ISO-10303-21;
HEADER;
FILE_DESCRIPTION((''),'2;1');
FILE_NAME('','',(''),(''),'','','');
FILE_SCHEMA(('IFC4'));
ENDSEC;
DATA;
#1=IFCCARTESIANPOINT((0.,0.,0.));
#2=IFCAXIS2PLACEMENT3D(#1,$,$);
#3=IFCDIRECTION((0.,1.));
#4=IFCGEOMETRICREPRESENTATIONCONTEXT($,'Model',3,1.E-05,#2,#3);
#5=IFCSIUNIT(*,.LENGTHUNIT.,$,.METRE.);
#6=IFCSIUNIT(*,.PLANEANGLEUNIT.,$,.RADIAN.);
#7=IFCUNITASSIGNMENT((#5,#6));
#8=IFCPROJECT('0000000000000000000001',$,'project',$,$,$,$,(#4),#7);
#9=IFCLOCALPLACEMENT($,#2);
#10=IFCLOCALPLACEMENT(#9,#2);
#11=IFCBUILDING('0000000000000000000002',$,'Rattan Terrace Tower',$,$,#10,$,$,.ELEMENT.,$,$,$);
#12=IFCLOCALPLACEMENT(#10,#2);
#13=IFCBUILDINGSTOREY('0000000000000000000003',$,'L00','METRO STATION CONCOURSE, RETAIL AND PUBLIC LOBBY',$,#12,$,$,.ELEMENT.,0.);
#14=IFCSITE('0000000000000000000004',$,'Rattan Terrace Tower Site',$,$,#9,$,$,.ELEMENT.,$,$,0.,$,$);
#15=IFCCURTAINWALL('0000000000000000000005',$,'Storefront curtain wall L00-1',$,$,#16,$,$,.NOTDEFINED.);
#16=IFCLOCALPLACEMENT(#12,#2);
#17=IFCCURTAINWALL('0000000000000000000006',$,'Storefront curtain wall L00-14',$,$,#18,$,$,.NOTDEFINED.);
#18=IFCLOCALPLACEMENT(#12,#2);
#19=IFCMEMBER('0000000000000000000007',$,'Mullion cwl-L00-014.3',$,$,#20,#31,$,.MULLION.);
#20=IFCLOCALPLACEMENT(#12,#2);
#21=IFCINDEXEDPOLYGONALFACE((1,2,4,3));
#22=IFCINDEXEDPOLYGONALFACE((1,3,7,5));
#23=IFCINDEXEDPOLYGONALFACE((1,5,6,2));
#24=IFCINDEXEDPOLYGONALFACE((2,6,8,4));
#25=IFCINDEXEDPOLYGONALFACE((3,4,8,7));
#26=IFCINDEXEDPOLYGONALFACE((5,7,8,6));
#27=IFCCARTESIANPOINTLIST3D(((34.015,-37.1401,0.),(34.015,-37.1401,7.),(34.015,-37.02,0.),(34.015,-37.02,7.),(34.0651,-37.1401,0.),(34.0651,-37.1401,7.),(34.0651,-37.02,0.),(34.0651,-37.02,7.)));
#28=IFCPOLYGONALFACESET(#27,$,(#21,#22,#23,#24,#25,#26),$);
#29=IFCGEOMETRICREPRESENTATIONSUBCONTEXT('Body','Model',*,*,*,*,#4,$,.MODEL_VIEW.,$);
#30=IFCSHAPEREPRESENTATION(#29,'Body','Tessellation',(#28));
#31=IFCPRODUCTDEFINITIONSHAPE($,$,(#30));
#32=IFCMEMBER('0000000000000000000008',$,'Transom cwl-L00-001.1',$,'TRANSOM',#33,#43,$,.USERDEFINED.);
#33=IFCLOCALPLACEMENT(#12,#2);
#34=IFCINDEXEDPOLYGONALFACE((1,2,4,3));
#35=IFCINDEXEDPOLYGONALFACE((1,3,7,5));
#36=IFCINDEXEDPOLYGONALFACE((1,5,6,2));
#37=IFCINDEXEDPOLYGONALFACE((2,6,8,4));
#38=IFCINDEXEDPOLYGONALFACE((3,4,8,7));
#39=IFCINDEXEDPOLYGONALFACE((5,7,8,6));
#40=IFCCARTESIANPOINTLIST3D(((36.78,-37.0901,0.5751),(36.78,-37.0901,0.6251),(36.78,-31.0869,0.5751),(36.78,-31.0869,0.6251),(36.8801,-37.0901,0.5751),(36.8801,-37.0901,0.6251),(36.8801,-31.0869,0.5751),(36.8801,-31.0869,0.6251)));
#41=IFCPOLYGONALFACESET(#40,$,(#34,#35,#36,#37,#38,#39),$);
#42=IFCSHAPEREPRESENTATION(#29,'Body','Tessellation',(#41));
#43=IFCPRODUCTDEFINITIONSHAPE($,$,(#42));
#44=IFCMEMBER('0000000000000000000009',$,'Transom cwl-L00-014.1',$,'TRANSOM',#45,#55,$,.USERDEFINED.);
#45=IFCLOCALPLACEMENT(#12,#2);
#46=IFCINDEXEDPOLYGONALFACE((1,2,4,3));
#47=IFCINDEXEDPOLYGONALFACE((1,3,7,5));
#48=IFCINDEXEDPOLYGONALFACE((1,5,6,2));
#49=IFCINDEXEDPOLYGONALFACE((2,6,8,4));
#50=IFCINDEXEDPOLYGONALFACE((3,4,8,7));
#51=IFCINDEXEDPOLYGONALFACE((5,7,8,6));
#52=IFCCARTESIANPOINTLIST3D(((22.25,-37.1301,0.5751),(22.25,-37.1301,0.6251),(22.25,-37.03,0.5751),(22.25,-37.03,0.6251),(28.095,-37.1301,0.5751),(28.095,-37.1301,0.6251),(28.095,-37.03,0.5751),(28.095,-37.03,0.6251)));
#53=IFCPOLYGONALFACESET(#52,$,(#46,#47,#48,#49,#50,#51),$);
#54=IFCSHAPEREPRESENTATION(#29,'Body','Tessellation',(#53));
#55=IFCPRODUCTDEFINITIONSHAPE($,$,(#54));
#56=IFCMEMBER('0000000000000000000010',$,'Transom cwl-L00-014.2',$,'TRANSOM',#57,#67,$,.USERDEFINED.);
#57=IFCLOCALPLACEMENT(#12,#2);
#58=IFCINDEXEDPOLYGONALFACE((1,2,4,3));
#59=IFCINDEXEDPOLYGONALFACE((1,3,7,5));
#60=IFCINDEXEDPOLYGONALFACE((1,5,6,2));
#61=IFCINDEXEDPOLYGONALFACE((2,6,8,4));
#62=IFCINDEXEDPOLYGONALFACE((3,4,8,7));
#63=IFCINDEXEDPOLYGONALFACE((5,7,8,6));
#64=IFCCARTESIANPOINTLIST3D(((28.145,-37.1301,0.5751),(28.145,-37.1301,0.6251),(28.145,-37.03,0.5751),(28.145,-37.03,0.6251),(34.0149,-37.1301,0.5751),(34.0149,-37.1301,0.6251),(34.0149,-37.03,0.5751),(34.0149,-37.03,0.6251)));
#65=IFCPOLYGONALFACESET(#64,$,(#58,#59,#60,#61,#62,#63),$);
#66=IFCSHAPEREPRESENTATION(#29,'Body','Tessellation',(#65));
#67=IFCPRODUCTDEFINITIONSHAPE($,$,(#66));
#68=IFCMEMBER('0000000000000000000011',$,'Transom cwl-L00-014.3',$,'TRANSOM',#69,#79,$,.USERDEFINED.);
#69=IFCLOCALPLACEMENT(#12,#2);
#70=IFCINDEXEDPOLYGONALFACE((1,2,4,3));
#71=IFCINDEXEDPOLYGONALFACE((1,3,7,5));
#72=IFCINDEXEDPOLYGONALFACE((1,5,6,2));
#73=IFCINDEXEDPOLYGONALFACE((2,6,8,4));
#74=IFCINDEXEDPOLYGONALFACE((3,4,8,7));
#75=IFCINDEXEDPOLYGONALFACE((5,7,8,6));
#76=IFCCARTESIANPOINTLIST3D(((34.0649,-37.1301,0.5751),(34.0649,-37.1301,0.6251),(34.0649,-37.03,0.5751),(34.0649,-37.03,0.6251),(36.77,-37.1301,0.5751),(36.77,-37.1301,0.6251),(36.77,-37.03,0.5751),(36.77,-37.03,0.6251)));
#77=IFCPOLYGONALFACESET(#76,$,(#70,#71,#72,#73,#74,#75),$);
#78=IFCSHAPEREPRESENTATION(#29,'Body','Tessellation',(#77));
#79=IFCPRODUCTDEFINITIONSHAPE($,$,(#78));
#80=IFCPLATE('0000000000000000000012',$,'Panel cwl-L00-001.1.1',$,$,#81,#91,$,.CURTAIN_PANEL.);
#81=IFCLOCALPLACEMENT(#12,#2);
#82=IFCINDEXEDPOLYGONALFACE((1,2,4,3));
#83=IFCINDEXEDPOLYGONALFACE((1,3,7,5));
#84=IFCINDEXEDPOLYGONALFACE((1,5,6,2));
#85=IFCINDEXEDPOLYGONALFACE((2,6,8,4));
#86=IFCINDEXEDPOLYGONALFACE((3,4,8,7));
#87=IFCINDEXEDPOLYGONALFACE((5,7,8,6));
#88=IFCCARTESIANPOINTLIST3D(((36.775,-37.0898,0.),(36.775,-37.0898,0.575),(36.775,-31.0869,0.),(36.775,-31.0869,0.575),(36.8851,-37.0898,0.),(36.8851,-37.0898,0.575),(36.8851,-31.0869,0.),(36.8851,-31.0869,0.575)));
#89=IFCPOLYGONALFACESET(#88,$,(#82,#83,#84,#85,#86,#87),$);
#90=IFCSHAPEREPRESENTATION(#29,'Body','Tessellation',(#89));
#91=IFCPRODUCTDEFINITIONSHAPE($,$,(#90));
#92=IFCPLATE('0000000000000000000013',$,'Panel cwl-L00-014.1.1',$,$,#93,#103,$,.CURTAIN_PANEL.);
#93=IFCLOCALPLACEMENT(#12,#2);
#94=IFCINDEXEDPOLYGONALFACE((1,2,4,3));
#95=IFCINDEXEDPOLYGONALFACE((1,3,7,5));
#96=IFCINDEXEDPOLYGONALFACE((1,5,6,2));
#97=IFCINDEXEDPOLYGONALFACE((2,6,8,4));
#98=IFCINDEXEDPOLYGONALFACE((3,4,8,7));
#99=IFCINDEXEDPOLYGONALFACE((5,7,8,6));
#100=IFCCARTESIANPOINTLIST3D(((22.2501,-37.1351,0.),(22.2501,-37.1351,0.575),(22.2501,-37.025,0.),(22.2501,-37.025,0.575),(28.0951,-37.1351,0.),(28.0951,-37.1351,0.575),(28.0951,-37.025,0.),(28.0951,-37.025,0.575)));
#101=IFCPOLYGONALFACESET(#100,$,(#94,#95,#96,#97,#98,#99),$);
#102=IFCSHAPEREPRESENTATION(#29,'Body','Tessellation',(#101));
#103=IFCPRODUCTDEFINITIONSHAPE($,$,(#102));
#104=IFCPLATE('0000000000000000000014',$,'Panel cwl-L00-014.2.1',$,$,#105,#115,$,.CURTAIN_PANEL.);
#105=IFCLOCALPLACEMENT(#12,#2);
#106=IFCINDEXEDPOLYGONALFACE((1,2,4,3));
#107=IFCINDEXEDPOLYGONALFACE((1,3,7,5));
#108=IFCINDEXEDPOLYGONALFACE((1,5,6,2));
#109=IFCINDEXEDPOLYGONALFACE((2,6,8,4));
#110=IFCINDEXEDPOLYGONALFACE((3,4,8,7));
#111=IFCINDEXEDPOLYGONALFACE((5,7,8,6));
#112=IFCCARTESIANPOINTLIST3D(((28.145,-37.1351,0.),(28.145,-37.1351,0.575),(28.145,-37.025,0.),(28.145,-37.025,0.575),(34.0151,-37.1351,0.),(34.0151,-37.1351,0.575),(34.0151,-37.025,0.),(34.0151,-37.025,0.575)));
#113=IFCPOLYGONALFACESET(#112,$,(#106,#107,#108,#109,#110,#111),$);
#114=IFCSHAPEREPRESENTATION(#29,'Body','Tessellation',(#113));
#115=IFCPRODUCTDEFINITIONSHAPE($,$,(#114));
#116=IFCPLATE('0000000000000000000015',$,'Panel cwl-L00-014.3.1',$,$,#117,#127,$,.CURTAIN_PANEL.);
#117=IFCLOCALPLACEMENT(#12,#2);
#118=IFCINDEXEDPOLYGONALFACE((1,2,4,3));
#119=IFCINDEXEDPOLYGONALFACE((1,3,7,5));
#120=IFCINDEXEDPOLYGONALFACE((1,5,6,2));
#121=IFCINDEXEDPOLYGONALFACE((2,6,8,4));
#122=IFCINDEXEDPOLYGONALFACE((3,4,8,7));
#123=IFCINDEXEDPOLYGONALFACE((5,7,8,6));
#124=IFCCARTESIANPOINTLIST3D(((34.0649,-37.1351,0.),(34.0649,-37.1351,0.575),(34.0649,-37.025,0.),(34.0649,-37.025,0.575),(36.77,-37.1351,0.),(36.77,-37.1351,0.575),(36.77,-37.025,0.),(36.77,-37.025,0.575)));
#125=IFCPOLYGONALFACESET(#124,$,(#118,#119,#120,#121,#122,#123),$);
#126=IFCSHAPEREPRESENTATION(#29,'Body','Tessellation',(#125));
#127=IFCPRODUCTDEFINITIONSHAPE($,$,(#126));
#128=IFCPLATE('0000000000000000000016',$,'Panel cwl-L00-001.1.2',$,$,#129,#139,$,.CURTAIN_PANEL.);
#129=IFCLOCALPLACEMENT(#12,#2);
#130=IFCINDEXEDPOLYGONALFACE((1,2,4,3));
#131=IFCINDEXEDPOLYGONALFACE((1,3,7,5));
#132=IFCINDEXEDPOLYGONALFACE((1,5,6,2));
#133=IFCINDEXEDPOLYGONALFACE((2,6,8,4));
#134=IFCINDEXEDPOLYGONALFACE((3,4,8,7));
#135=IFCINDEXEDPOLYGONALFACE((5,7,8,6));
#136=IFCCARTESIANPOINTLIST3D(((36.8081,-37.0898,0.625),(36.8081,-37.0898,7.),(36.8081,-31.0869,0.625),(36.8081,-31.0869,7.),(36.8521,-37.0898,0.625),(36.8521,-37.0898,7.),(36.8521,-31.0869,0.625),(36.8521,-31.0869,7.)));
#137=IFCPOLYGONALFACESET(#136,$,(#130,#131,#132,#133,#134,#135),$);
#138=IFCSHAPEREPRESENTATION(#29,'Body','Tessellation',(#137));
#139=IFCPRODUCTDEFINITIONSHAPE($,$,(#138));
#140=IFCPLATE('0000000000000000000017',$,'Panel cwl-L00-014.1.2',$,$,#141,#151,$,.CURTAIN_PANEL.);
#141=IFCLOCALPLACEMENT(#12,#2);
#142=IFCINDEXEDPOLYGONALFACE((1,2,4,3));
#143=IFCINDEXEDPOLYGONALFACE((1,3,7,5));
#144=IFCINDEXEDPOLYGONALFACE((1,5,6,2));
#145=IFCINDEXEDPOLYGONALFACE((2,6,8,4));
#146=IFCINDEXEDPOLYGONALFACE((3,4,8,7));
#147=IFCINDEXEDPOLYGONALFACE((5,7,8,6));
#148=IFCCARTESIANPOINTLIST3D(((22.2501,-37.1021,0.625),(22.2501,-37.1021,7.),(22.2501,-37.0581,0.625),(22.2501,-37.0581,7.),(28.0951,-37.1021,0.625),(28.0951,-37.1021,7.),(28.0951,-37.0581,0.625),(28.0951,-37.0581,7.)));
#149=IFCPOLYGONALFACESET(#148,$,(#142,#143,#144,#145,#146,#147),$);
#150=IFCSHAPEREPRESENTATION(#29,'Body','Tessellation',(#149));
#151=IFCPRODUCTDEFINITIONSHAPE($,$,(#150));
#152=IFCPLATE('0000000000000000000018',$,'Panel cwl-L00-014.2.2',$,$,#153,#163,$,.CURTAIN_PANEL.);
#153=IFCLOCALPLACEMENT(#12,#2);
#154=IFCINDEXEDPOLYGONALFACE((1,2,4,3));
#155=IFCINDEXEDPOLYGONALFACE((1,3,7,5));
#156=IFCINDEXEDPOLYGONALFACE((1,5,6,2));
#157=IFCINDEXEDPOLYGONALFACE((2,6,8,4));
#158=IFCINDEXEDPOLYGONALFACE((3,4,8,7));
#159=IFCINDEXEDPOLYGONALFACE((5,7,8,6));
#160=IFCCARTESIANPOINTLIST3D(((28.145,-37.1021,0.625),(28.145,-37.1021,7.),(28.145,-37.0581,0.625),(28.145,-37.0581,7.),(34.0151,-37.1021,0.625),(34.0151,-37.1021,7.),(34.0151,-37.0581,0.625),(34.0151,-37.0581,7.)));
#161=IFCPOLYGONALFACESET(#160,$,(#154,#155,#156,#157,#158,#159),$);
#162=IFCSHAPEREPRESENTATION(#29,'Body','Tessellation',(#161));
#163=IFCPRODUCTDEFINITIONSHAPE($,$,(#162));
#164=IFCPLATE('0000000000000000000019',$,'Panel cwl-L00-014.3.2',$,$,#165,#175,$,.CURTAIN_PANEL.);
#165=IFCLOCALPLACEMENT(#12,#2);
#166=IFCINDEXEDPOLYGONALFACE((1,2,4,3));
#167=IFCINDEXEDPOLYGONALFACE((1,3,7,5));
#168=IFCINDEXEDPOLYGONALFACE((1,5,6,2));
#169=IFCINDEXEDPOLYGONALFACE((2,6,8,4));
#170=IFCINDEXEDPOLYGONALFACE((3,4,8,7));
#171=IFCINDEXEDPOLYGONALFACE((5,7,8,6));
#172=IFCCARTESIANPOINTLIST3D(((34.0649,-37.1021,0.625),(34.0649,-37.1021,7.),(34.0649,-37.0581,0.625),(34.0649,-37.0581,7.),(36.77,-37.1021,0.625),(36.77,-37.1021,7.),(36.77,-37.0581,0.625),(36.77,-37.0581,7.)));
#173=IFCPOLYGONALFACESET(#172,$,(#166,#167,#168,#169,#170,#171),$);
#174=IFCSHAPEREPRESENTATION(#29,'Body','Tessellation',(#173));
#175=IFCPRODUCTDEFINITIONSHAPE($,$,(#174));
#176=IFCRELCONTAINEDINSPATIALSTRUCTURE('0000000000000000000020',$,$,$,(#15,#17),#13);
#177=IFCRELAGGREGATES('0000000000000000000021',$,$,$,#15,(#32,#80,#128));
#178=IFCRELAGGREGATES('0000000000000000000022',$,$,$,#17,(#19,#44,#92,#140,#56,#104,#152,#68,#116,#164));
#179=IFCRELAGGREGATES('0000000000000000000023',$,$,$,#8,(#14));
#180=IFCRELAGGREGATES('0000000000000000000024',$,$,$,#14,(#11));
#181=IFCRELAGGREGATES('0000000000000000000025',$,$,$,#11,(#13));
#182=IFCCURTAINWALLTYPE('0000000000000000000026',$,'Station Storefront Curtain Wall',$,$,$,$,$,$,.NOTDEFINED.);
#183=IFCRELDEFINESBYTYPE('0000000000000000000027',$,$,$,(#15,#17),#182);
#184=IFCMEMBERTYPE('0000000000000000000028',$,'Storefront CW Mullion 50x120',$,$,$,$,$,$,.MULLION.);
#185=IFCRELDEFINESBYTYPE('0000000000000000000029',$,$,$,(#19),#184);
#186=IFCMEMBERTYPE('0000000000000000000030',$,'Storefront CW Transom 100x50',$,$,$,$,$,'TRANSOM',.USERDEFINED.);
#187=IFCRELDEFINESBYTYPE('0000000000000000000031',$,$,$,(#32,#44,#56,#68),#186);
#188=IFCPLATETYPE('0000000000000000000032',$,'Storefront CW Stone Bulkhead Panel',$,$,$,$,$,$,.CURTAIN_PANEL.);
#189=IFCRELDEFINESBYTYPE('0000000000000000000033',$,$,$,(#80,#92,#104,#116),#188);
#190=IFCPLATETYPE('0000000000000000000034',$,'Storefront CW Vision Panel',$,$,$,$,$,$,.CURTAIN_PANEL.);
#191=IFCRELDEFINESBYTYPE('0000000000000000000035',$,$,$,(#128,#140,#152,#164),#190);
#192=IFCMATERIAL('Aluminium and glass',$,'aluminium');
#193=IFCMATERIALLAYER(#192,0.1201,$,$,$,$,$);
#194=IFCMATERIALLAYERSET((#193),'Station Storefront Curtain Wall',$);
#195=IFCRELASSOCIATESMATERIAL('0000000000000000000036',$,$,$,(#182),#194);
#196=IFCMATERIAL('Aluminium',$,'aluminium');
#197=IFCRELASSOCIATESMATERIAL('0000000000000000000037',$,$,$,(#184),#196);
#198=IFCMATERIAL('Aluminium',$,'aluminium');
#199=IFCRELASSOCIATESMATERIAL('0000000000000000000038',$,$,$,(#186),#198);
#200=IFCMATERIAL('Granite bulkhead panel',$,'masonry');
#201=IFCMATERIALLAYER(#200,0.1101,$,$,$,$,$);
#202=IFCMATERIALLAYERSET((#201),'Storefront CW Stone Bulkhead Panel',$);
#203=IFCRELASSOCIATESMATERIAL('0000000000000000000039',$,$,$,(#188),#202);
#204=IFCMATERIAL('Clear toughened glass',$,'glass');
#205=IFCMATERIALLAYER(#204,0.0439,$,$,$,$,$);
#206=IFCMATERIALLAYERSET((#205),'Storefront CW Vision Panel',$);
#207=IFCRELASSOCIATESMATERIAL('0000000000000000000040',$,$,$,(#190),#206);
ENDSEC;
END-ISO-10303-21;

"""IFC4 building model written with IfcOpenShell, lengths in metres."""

from ifc_helpers import new_model, si_unit, direction, frame, origin, origin_2d, place, context, subcontext, project, spatial, rectangle, extrude, material, layer, layer_set, material_profile, profile_set, type_object, element, aggregate, save


model = new_model("IFC4")

# Units and contexts
model_context = context("Model", 3, precision=1e-05, world=origin(), true_north=direction((0.0, 1.0)))
body_context = subcontext(model_context, "Body", "Model", "MODEL_VIEW")
ifc_project = project(units=[si_unit("LENGTHUNIT", "METRE"), si_unit("PLANEANGLEUNIT", "RADIAN")], contexts=[model_context])

# Site, building, storey
site_placement = place(None, origin())
site = spatial("IfcSite", under=ifc_project, at=site_placement, Name="Rattan Terrace Tower Site", CompositionType="ELEMENT", RefElevation=0.0)
building_placement = place(site_placement, origin())
building = spatial("IfcBuilding", under=site, at=building_placement, Name="Rattan Terrace Tower", CompositionType="ELEMENT")
storey_placement = place(building_placement, origin())
storey = spatial("IfcBuildingStorey", under=building, at=storey_placement, Name="L00", Description="METRO STATION CONCOURSE, RETAIL AND PUBLIC LOBBY", CompositionType="ELEMENT", Elevation=0.0)

# Curtain wall
ifc_material_1 = material(Name="Aluminium and glass", Category="aluminium")
ifc_layer_1 = layer(ifc_material_1, 0.1201)
ifc_layer_set_1 = layer_set([ifc_layer_1], Name="Station Storefront Curtain Wall")
curtain_wall_type = type_object("IfcCurtainWallType", Name="Station Storefront Curtain Wall", PredefinedType="NOTDEFINED", material=ifc_layer_set_1)
curtain_wall_1_placement = place(storey_placement, origin())
curtain_wall_1 = element("IfcCurtainWall", 1, at=curtain_wall_1_placement, inside=storey, type_object=curtain_wall_type, Name="Storefront curtain wall L00-1", PredefinedType="NOTDEFINED")
ifc_material_2 = material(Name="Aluminium", Category="aluminium")
ifc_material_profile_1 = material_profile(ifc_material_2, rectangle(XDim=0.05, YDim=0.1201, at=origin_2d()), Name="Aluminium 50x120")
ifc_profile_set_1 = profile_set([ifc_material_profile_1], Name="Aluminium")
member_type_1 = type_object("IfcMemberType", Name="Storefront CW Mullion 50x120", PredefinedType="MULLION", material=ifc_profile_set_1)

# Curtain wall, member
curtain_wall_2_placement = place(storey_placement, origin())
curtain_wall_2 = element("IfcCurtainWall", 2, at=curtain_wall_2_placement, inside=storey, type_object=curtain_wall_type, Name="Storefront curtain wall L00-14", PredefinedType="NOTDEFINED")
member_1_placement = place(storey_placement, frame((34.04, -37.0801, 0.0), z_axis=(0.0, 0.0, 1.0), x_axis=(1.0, 0.0, 0.0)))
member_1 = element("IfcMember", 3, at=member_1_placement, type_object=member_type_1, Name="Mullion cwl-L00-014.3", PredefinedType="MULLION", context=body_context, shape_type="SweptSolid", body=[
    extrude(rectangle(XDim=0.05, YDim=0.1201, at=origin_2d()), origin(), (0.0, 0.0, 1.0), 7.0),
])

# Members
ifc_material_3 = material(Name="Aluminium", Category="aluminium")
ifc_material_profile_2 = material_profile(ifc_material_3, rectangle(XDim=0.1001, YDim=0.05, at=origin_2d()), Name="Aluminium 100x50")
ifc_profile_set_2 = profile_set([ifc_material_profile_2], Name="Aluminium")
member_type_2 = type_object("IfcMemberType", Name="Storefront CW Transom 100x50", ElementType="TRANSOM", PredefinedType="USERDEFINED", material=ifc_profile_set_2)
member_2_placement = place(storey_placement, frame((36.8301, -37.0901, 0.6001), z_axis=(0.0, 1.0, 0.0), x_axis=(-1.0, 0.0, 0.0)))
member_2 = element("IfcMember", 4, at=member_2_placement, type_object=member_type_2, Name="Transom cwl-L00-001.1", ObjectType="TRANSOM", PredefinedType="USERDEFINED", context=body_context, shape_type="SweptSolid", body=[
    extrude(rectangle(XDim=0.1001, YDim=0.05, at=origin_2d()), origin(), (0.0, 0.0, 1.0), 6.0032),
])
member_3_placement = place(storey_placement, frame((22.25, -37.0801, 0.6001), z_axis=(1.0, 0.0, 0.0), x_axis=(0.0, 1.0, 0.0)))
member_3 = element("IfcMember", 5, at=member_3_placement, type_object=member_type_2, Name="Transom cwl-L00-014.1", ObjectType="TRANSOM", PredefinedType="USERDEFINED", context=body_context, shape_type="SweptSolid", body=[
    extrude(rectangle(XDim=0.1001, YDim=0.05, at=origin_2d()), origin(), (0.0, 0.0, 1.0), 5.845),
])
member_4_placement = place(storey_placement, frame((28.145, -37.0801, 0.6001), z_axis=(1.0, 0.0, 0.0), x_axis=(0.0, 1.0, 0.0)))
member_4 = element("IfcMember", 6, at=member_4_placement, type_object=member_type_2, Name="Transom cwl-L00-014.2", ObjectType="TRANSOM", PredefinedType="USERDEFINED", context=body_context, shape_type="SweptSolid", body=[
    extrude(rectangle(XDim=0.1001, YDim=0.05, at=origin_2d()), origin(), (0.0, 0.0, 1.0), 5.8699),
])
member_5_placement = place(storey_placement, frame((34.0649, -37.0801, 0.6001), z_axis=(1.0, 0.0, 0.0), x_axis=(0.0, 1.0, 0.0)))
member_5 = element("IfcMember", 7, at=member_5_placement, type_object=member_type_2, Name="Transom cwl-L00-014.3", ObjectType="TRANSOM", PredefinedType="USERDEFINED", context=body_context, shape_type="SweptSolid", body=[
    extrude(rectangle(XDim=0.1001, YDim=0.05, at=origin_2d()), origin(), (0.0, 0.0, 1.0), 2.7051),
])

# Plates
ifc_material_4 = material(Name="Granite bulkhead panel", Category="masonry")
ifc_layer_2 = layer(ifc_material_4, 0.1101)
ifc_layer_set_2 = layer_set([ifc_layer_2], Name="Storefront CW Stone Bulkhead Panel")
plate_type_1 = type_object("IfcPlateType", Name="Storefront CW Stone Bulkhead Panel", PredefinedType="CURTAIN_PANEL", material=ifc_layer_set_2)
plate_1_placement = place(storey_placement, frame((36.8301, -34.0884, 0.0), z_axis=(0.0, 0.0, 1.0), x_axis=(0.0, 1.0, 0.0)))
plate_1 = element("IfcPlate", 8, at=plate_1_placement, type_object=plate_type_1, Name="Panel cwl-L00-001.1.1", PredefinedType="CURTAIN_PANEL", context=body_context, shape_type="SweptSolid", body=[
    extrude(rectangle(XDim=6.0029, YDim=0.1101, at=origin_2d()), origin(), (0.0, 0.0, 1.0), 0.575),
])
plate_2_placement = place(storey_placement, frame((25.1726, -37.0801, 0.0), z_axis=(0.0, 0.0, 1.0), x_axis=(1.0, 0.0, 0.0)))
plate_2 = element("IfcPlate", 9, at=plate_2_placement, type_object=plate_type_1, Name="Panel cwl-L00-014.1.1", PredefinedType="CURTAIN_PANEL", context=body_context, shape_type="SweptSolid", body=[
    extrude(rectangle(XDim=5.845, YDim=0.1101, at=origin_2d()), origin(), (0.0, 0.0, 1.0), 0.575),
])
plate_3_placement = place(storey_placement, frame((31.0801, -37.0801, 0.0), z_axis=(0.0, 0.0, 1.0), x_axis=(1.0, 0.0, 0.0)))
plate_3 = element("IfcPlate", 10, at=plate_3_placement, type_object=plate_type_1, Name="Panel cwl-L00-014.2.1", PredefinedType="CURTAIN_PANEL", context=body_context, shape_type="SweptSolid", body=[
    extrude(rectangle(XDim=5.8701, YDim=0.1101, at=origin_2d()), origin(), (0.0, 0.0, 1.0), 0.575),
])
plate_4_placement = place(storey_placement, frame((35.4175, -37.0801, 0.0), z_axis=(0.0, 0.0, 1.0), x_axis=(1.0, 0.0, 0.0)))
plate_4 = element("IfcPlate", 11, at=plate_4_placement, type_object=plate_type_1, Name="Panel cwl-L00-014.3.1", PredefinedType="CURTAIN_PANEL", context=body_context, shape_type="SweptSolid", body=[
    extrude(rectangle(XDim=2.7051, YDim=0.1101, at=origin_2d()), origin(), (0.0, 0.0, 1.0), 0.575),
])
ifc_material_5 = material(Name="Clear toughened glass", Category="glass")
ifc_layer_3 = layer(ifc_material_5, 0.0439)
ifc_layer_set_3 = layer_set([ifc_layer_3], Name="Storefront CW Vision Panel")
plate_type_2 = type_object("IfcPlateType", Name="Storefront CW Vision Panel", PredefinedType="CURTAIN_PANEL", material=ifc_layer_set_3)
plate_5_placement = place(storey_placement, frame((36.8301, -34.0884, 0.625), z_axis=(0.0, 0.0, 1.0), x_axis=(0.0, 1.0, 0.0)))
plate_5 = element("IfcPlate", 12, at=plate_5_placement, type_object=plate_type_2, Name="Panel cwl-L00-001.1.2", PredefinedType="CURTAIN_PANEL", context=body_context, shape_type="SweptSolid", body=[
    extrude(rectangle(XDim=6.0029, YDim=0.0439, at=origin_2d()), origin(), (0.0, 0.0, 1.0), 6.375),
])
aggregate(curtain_wall_1, [member_2, plate_1, plate_5])
plate_6_placement = place(storey_placement, frame((25.1726, -37.0801, 0.625), z_axis=(0.0, 0.0, 1.0), x_axis=(1.0, 0.0, 0.0)))
plate_6 = element("IfcPlate", 13, at=plate_6_placement, type_object=plate_type_2, Name="Panel cwl-L00-014.1.2", PredefinedType="CURTAIN_PANEL", context=body_context, shape_type="SweptSolid", body=[
    extrude(rectangle(XDim=5.845, YDim=0.0439, at=origin_2d()), origin(), (0.0, 0.0, 1.0), 6.375),
])
plate_7_placement = place(storey_placement, frame((31.0801, -37.0801, 0.625), z_axis=(0.0, 0.0, 1.0), x_axis=(1.0, 0.0, 0.0)))
plate_7 = element("IfcPlate", 14, at=plate_7_placement, type_object=plate_type_2, Name="Panel cwl-L00-014.2.2", PredefinedType="CURTAIN_PANEL", context=body_context, shape_type="SweptSolid", body=[
    extrude(rectangle(XDim=5.8701, YDim=0.0439, at=origin_2d()), origin(), (0.0, 0.0, 1.0), 6.375),
])
plate_8_placement = place(storey_placement, frame((35.4175, -37.0801, 0.625), z_axis=(0.0, 0.0, 1.0), x_axis=(1.0, 0.0, 0.0)))
plate_8 = element("IfcPlate", 15, at=plate_8_placement, type_object=plate_type_2, Name="Panel cwl-L00-014.3.2", PredefinedType="CURTAIN_PANEL", context=body_context, shape_type="SweptSolid", body=[
    extrude(rectangle(XDim=2.7051, YDim=0.0439, at=origin_2d()), origin(), (0.0, 0.0, 1.0), 6.375),
])
aggregate(curtain_wall_2, [member_1, member_3, plate_2, plate_6, member_4, plate_3, plate_7, member_5, plate_4, plate_8])

save(model, "model.ifc")
